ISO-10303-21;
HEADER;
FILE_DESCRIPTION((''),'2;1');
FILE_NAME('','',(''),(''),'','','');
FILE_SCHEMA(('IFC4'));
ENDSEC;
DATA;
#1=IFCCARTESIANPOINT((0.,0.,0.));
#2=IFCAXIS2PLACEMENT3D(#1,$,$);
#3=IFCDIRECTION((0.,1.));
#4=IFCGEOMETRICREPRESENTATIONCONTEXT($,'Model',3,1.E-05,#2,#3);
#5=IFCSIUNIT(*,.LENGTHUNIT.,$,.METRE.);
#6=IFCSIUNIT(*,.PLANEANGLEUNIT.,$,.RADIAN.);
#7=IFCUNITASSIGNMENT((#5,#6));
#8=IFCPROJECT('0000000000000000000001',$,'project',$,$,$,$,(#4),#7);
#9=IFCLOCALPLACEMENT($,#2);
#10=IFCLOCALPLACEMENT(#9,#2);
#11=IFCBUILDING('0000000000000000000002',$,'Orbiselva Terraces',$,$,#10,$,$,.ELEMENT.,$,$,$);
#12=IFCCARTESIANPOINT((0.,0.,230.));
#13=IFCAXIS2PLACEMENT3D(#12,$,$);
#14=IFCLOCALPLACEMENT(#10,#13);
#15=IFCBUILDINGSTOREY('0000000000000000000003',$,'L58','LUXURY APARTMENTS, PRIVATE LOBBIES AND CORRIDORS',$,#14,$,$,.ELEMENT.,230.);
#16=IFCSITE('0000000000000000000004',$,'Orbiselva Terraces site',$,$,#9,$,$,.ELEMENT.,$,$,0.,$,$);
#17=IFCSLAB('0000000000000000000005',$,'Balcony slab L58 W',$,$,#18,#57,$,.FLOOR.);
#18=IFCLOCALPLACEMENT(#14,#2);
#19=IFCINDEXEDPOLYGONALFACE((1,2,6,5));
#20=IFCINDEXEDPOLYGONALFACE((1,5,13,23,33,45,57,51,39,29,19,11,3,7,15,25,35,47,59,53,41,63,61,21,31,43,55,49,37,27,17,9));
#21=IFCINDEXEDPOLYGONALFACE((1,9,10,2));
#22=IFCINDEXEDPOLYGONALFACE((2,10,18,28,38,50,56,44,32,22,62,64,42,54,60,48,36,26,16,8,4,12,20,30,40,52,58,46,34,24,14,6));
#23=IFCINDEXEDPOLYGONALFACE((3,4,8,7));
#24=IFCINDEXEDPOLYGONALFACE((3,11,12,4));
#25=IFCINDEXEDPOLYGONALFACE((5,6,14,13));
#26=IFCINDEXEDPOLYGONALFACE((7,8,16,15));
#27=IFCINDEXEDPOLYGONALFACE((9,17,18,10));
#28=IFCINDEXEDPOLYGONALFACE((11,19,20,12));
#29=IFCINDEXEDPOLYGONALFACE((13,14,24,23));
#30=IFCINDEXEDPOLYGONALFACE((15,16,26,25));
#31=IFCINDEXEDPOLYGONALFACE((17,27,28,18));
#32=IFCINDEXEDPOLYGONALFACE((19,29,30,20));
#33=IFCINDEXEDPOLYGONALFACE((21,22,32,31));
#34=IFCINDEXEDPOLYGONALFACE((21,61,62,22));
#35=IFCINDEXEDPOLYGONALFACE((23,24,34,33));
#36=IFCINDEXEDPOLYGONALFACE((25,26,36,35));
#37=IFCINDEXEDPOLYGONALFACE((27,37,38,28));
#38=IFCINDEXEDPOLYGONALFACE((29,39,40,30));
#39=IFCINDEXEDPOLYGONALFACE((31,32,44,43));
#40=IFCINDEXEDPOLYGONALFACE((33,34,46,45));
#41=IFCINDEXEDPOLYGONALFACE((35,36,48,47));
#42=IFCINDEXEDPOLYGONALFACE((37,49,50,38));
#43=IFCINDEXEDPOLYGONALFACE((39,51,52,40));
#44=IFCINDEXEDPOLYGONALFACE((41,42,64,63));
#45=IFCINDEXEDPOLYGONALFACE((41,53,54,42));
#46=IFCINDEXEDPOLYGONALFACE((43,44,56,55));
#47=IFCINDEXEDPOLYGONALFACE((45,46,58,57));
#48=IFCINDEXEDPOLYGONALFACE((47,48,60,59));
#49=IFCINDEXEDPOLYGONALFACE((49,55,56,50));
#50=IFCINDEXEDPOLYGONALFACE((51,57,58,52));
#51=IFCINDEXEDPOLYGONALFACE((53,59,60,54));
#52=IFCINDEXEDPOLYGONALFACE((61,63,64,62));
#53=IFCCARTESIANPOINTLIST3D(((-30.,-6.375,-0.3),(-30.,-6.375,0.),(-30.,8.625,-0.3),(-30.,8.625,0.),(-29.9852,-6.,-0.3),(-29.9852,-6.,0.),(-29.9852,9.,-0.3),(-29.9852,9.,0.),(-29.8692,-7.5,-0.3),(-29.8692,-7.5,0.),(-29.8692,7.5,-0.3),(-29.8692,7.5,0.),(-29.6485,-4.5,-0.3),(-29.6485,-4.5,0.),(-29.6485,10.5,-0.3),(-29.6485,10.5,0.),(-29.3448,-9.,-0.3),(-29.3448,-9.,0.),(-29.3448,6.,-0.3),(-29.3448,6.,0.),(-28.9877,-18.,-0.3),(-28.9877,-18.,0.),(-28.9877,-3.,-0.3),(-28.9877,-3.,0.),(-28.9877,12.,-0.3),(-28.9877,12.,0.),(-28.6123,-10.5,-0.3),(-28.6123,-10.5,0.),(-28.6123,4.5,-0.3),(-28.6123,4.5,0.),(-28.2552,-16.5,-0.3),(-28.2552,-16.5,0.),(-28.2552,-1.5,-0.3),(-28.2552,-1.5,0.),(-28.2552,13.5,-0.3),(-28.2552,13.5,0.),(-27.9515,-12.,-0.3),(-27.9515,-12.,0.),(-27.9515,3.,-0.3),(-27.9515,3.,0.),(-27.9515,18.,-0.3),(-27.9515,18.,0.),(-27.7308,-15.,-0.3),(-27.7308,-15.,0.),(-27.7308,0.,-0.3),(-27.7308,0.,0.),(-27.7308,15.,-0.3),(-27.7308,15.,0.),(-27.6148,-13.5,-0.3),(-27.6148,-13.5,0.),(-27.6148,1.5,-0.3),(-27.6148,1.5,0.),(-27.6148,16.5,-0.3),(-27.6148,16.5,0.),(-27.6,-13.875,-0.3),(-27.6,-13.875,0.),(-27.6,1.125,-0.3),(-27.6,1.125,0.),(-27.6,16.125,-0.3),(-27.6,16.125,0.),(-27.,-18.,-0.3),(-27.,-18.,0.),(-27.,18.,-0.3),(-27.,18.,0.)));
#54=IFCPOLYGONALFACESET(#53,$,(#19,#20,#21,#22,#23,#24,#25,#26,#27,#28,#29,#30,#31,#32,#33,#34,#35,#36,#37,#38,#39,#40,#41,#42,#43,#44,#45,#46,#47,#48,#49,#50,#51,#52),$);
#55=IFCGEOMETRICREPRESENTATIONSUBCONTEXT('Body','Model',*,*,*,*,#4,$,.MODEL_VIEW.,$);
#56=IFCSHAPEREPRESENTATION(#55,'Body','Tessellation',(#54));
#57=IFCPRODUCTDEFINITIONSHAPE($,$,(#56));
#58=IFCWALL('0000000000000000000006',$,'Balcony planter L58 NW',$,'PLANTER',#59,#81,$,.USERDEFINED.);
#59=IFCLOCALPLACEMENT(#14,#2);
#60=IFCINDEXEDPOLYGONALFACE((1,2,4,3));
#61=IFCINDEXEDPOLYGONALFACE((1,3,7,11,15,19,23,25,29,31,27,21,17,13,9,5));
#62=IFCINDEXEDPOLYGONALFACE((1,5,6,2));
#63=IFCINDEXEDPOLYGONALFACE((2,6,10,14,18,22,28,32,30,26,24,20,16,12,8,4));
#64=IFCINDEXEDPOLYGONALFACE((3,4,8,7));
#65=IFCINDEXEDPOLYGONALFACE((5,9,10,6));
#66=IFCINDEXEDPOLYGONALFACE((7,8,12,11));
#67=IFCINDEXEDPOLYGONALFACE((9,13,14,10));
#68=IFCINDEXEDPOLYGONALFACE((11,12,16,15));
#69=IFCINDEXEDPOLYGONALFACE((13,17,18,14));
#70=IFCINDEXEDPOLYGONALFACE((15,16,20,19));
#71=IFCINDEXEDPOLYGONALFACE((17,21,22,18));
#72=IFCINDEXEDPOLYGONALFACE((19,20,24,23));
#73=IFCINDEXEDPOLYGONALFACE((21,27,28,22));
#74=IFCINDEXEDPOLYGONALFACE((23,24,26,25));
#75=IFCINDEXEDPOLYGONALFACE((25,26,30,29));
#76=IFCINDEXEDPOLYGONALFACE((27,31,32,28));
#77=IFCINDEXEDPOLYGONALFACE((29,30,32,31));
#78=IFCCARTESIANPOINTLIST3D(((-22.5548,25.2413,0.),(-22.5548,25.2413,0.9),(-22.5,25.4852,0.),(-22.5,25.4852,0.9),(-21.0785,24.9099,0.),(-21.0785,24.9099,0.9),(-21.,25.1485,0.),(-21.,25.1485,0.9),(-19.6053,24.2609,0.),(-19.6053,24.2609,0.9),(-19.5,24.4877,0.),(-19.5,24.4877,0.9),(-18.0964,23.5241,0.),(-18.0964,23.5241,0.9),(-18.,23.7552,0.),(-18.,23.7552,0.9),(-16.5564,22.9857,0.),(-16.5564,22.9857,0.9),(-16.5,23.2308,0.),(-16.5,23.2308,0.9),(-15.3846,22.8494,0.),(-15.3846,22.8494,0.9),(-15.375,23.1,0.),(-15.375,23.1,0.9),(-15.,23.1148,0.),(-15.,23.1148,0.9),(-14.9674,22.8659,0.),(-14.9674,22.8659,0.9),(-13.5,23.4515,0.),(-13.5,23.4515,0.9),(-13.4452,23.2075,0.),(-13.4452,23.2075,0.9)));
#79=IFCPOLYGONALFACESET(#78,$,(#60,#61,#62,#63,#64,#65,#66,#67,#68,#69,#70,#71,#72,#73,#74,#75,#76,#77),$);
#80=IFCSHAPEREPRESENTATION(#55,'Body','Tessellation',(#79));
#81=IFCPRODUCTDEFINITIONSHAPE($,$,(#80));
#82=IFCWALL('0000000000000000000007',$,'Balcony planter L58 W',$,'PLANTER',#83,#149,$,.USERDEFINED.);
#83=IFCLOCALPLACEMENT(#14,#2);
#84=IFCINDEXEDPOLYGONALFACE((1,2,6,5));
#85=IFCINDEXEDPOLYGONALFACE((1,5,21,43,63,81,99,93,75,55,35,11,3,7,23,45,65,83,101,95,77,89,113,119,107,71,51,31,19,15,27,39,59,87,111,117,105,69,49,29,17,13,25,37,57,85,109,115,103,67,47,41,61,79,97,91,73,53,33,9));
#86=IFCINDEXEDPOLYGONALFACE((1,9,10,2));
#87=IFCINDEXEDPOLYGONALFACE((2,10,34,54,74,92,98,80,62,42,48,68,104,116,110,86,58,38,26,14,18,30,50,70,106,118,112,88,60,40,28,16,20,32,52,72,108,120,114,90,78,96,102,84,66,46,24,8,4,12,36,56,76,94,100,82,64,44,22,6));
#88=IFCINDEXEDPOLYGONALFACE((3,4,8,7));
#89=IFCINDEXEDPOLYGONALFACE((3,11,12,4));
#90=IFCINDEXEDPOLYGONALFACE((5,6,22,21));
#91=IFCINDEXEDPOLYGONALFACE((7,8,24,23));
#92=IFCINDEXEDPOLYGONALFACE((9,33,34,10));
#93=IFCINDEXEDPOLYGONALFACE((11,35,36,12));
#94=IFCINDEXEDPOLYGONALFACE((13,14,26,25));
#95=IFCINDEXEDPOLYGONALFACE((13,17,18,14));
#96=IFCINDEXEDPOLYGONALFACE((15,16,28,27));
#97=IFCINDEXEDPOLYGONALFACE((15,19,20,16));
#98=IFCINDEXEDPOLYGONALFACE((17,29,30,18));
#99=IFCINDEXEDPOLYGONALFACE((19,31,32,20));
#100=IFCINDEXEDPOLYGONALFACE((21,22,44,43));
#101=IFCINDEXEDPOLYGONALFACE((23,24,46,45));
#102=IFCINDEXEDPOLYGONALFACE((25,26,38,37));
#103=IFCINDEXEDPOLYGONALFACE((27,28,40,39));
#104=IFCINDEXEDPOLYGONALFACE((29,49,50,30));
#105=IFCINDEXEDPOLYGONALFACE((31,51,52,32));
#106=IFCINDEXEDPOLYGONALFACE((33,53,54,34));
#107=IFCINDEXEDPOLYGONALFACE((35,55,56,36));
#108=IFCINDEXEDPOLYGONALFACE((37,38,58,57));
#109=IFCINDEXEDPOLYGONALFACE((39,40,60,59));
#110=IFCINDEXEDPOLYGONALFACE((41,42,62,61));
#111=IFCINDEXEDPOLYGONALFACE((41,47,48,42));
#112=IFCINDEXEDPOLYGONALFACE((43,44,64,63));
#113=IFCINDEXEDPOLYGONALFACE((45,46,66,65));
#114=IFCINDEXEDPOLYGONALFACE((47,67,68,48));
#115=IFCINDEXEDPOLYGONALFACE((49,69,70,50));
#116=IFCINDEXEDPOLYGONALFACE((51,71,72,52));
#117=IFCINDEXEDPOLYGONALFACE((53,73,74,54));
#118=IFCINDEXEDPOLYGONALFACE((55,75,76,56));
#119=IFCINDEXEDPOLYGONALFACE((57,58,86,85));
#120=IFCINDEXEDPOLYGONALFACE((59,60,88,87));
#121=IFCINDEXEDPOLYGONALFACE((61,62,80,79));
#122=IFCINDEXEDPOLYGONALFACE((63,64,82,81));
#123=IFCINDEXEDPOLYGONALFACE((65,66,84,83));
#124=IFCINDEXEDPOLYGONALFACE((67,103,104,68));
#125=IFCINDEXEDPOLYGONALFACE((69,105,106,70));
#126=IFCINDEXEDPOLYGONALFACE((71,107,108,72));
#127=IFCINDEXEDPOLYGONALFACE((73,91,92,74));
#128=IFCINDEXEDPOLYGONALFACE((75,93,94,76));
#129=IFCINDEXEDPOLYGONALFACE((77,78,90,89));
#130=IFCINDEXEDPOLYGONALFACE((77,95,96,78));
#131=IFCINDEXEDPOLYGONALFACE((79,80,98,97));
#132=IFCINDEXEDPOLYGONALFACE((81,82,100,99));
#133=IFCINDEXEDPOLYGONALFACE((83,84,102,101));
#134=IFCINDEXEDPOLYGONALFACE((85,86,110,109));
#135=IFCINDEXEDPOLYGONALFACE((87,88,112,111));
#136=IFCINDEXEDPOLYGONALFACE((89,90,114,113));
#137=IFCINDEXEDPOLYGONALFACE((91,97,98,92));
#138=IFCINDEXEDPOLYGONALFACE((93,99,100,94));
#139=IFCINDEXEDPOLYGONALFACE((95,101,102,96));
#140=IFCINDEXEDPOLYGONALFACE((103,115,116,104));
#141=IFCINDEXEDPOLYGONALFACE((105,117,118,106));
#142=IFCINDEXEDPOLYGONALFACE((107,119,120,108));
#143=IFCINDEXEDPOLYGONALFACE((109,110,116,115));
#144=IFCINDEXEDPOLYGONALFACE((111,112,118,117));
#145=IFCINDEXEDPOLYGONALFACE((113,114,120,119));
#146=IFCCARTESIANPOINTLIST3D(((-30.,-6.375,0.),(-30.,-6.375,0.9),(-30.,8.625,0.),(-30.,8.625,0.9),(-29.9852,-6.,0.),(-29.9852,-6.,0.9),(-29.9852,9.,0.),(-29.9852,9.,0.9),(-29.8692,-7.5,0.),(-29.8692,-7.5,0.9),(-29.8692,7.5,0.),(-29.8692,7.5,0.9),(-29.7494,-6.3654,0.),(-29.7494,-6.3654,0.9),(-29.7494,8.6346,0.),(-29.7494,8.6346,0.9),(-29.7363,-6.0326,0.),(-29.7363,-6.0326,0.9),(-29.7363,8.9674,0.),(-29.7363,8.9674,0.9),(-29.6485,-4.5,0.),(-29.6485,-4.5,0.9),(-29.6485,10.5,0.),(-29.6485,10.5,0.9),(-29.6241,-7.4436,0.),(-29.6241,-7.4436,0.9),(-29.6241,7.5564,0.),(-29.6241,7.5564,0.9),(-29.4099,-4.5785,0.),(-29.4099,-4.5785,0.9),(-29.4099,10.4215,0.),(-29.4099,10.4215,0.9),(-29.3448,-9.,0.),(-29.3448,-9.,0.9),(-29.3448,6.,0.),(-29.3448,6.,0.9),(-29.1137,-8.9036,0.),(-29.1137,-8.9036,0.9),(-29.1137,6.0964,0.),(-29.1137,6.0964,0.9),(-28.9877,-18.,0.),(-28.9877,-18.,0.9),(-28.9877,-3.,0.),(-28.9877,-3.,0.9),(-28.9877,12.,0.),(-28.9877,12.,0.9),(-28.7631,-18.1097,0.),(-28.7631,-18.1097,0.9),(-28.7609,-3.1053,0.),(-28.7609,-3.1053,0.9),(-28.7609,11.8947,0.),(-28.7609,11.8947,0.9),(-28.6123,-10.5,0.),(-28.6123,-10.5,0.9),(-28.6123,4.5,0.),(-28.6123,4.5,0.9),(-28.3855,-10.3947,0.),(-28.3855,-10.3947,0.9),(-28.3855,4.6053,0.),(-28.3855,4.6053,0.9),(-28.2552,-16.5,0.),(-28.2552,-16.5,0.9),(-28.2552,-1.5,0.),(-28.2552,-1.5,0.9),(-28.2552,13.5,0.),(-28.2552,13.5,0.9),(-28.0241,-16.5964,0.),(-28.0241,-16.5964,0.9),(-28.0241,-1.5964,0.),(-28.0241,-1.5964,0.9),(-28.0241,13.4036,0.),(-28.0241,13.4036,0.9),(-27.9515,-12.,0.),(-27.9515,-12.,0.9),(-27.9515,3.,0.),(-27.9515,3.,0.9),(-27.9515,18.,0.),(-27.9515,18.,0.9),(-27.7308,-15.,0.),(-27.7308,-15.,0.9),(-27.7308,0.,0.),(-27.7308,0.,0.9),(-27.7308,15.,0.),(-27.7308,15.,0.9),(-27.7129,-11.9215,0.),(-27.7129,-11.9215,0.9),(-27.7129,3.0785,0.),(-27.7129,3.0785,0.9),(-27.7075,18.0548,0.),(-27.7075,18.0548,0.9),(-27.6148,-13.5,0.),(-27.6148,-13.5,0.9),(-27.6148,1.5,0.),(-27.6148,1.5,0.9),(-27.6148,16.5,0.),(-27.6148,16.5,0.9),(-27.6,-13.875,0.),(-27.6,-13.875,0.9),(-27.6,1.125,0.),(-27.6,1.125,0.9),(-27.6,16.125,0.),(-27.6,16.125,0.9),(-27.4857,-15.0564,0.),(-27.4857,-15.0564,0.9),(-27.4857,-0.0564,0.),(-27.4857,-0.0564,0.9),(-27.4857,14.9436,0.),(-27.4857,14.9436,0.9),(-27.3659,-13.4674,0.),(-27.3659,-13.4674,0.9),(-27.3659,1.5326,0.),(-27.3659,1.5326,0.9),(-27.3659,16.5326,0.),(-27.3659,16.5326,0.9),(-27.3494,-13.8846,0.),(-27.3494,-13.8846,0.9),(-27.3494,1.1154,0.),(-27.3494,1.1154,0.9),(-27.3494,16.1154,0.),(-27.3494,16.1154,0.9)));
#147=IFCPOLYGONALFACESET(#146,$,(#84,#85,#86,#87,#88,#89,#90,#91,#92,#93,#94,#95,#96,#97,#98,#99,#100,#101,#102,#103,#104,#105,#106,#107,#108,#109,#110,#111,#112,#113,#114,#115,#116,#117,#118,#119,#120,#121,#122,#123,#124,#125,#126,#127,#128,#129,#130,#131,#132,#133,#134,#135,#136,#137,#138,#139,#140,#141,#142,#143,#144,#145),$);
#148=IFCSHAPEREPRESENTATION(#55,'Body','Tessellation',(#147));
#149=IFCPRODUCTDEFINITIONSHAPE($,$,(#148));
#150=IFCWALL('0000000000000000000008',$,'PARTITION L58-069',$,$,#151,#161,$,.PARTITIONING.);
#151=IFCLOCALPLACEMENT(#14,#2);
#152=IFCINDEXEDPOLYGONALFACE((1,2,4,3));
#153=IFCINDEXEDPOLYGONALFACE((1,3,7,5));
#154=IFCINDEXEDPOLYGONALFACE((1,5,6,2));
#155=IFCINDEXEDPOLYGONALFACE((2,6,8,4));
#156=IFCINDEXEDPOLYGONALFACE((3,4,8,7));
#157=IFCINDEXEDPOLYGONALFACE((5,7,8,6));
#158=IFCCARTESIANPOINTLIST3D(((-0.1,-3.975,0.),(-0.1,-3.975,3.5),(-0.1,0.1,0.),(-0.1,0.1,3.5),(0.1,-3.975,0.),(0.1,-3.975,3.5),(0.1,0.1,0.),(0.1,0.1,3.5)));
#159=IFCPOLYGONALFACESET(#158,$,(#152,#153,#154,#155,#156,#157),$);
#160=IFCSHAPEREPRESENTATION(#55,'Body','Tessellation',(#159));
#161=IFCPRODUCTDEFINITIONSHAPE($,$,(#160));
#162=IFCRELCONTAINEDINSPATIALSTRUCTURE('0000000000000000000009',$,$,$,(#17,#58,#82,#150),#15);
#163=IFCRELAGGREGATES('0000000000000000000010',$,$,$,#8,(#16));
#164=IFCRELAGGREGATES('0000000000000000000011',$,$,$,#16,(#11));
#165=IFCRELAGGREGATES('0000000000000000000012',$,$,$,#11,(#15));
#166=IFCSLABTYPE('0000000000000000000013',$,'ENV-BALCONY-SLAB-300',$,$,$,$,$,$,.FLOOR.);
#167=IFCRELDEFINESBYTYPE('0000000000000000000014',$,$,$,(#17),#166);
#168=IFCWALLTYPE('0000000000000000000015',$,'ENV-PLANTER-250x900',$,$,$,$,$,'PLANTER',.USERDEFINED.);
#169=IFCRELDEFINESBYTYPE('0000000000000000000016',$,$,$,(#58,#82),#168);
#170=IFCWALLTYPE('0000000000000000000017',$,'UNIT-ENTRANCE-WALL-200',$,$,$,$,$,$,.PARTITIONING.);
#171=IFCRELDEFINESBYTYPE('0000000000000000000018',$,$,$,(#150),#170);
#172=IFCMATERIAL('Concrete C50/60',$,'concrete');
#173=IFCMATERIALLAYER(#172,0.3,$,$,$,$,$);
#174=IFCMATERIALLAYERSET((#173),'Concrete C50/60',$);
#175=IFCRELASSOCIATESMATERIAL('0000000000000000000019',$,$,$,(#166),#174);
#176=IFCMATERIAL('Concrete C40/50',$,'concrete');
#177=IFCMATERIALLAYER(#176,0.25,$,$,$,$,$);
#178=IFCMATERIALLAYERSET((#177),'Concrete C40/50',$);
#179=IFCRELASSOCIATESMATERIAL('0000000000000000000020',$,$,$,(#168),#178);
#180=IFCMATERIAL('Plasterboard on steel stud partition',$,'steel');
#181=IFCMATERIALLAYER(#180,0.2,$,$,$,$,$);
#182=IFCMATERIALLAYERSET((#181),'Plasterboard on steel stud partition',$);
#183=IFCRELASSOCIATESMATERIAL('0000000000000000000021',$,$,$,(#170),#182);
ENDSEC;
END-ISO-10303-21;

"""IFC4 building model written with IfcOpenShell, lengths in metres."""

from ifc_helpers import new_model, si_unit, direction, frame, frame_2d, origin, place, context, subcontext, project, spatial, polyline, rectangle, outline, extrude, material, layer, layer_set, type_object, element, save


model = new_model("IFC4")

# Units and contexts
model_context = context("Model", 3, precision=1e-05, world=origin(), true_north=direction((0.0, 1.0)))
body_context = subcontext(model_context, "Body", "Model", "MODEL_VIEW")
ifc_project = project(units=[si_unit("LENGTHUNIT", "METRE"), si_unit("PLANEANGLEUNIT", "RADIAN")], contexts=[model_context])

# Site, building, storey
site_placement = place(None, origin())
site = spatial("IfcSite", under=ifc_project, at=site_placement, Name="Orbiselva Terraces site", CompositionType="ELEMENT", RefElevation=0.0)
building_placement = place(site_placement, origin())
building = spatial("IfcBuilding", under=site, at=building_placement, Name="Orbiselva Terraces", CompositionType="ELEMENT")
storey_placement = place(building_placement, frame((0.0, 0.0, 230.0)))
storey = spatial("IfcBuildingStorey", under=building, at=storey_placement, Name="L58", Description="LUXURY APARTMENTS, PRIVATE LOBBIES AND CORRIDORS", CompositionType="ELEMENT", Elevation=230.0)

# Shared definitions
ifc_material_1 = material(Name="Concrete C50/60", Category="concrete")

# Shared definitions
ifc_material_2 = material(Name="Concrete C40/50", Category="concrete")

# Slab
ifc_layer_1 = layer(ifc_material_1, 0.3)
ifc_layer_set_1 = layer_set([ifc_layer_1], Name="Concrete C50/60")
slab_type_1 = type_object("IfcSlabType", Name="ENV-BALCONY-SLAB-300", PredefinedType="FLOOR", material=ifc_layer_set_1)
slab_1_placement = place(storey_placement, frame((0.0, 0.0, -0.3)))
element("IfcSlab", 1, at=slab_1_placement, inside=storey, type_object=slab_type_1, Name="Balcony slab L58 W", PredefinedType="FLOOR", context=body_context, shape_type="SweptSolid", body=[
    extrude(outline(polyline([(-27.9515, 18.0), (-27.6148, 16.5), (-27.6, 16.125), (-27.7308, 15.0), (-28.2552, 13.5), (-28.9877, 12.0), (-29.6485, 10.5), (-29.9852, 9.0), (-30.0, 8.625), (-29.8692, 7.5), (-29.3448, 6.0), (-28.6123, 4.5), (-27.9515, 3.0), (-27.6148, 1.5), (-27.6, 1.125), (-27.7308, 0.0), (-28.2552, -1.5), (-28.9877, -3.0), (-29.6485, -4.5), (-29.9852, -6.0), (-30.0, -6.375), (-29.8692, -7.5), (-29.3448, -9.0), (-28.6123, -10.5), (-27.9515, -12.0), (-27.6148, -13.5), (-27.6, -13.875), (-27.7308, -15.0), (-28.2552, -16.5), (-28.9877, -18.0), (-27.0, -18.0), (-27.0, 18.0), (-27.9515, 18.0)])), origin(), (0.0, 0.0, 1.0), 0.3),
])

# Walls
ifc_layer_2 = layer(ifc_material_2, 0.25)
ifc_layer_set_2 = layer_set([ifc_layer_2], Name="Concrete C40/50")
wall_type_1 = type_object("IfcWallType", Name="ENV-PLANTER-250x900", ElementType="PLANTER", PredefinedType="USERDEFINED", material=ifc_layer_set_2)
wall_1_placement = place(storey_placement, origin())
element("IfcWall", 2, at=wall_1_placement, inside=storey, type_object=wall_type_1, Name="Balcony planter L58 NW", ObjectType="PLANTER", PredefinedType="USERDEFINED", context=body_context, shape_type="SweptSolid", body=[
    extrude(outline(polyline([(-13.5, 23.4515), (-15.0, 23.1148), (-15.375, 23.1), (-16.5, 23.2308), (-18.0, 23.7552), (-19.5, 24.4877), (-21.0, 25.1485), (-22.5, 25.4852), (-22.5548, 25.2413), (-21.0785, 24.9099), (-19.6053, 24.2609), (-18.0964, 23.5241), (-16.5564, 22.9857), (-15.3846, 22.8494), (-14.9674, 22.8659), (-13.4452, 23.2075), (-13.5, 23.4515)])), origin(), (0.0, 0.0, 1.0), 0.9),
])
wall_2_placement = place(storey_placement, origin())
element("IfcWall", 3, at=wall_2_placement, inside=storey, type_object=wall_type_1, Name="Balcony planter L58 W", ObjectType="PLANTER", PredefinedType="USERDEFINED", context=body_context, shape_type="SweptSolid", body=[
    extrude(outline(polyline([(-27.9515, 18.0), (-27.6148, 16.5), (-27.6, 16.125), (-27.7308, 15.0), (-28.2552, 13.5), (-28.9877, 12.0), (-29.6485, 10.5), (-29.9852, 9.0), (-30.0, 8.625), (-29.8692, 7.5), (-29.3448, 6.0), (-28.6123, 4.5), (-27.9515, 3.0), (-27.6148, 1.5), (-27.6, 1.125), (-27.7308, 0.0), (-28.2552, -1.5), (-28.9877, -3.0), (-29.6485, -4.5), (-29.9852, -6.0), (-30.0, -6.375), (-29.8692, -7.5), (-29.3448, -9.0), (-28.6123, -10.5), (-27.9515, -12.0), (-27.6148, -13.5), (-27.6, -13.875), (-27.7308, -15.0), (-28.2552, -16.5), (-28.9877, -18.0), (-28.7631, -18.1097), (-28.0241, -16.5964), (-27.4857, -15.0564), (-27.3494, -13.8846), (-27.3659, -13.4674), (-27.7129, -11.9215), (-28.3855, -10.3947), (-29.1137, -8.9036), (-29.6241, -7.4436), (-29.7494, -6.3654), (-29.7363, -6.0326), (-29.4099, -4.5785), (-28.7609, -3.1053), (-28.0241, -1.5964), (-27.4857, -0.0564), (-27.3494, 1.1154), (-27.3659, 1.5326), (-27.7129, 3.0785), (-28.3855, 4.6053), (-29.1137, 6.0964), (-29.6241, 7.5564), (-29.7494, 8.6346), (-29.7363, 8.9674), (-29.4099, 10.4215), (-28.7609, 11.8947), (-28.0241, 13.4036), (-27.4857, 14.9436), (-27.3494, 16.1154), (-27.3659, 16.5326), (-27.7075, 18.0548), (-27.9515, 18.0)])), origin(), (0.0, 0.0, 1.0), 0.9),
])
ifc_material_3 = material(Name="Plasterboard on steel stud partition", Category="steel")
ifc_layer_3 = layer(ifc_material_3, 0.2)
ifc_layer_set_3 = layer_set([ifc_layer_3], Name="Plasterboard on steel stud partition")
wall_type_2 = type_object("IfcWallType", Name="UNIT-ENTRANCE-WALL-200", PredefinedType="PARTITIONING", material=ifc_layer_set_3)
wall_3_placement = place(storey_placement, frame((0.0, -3.975, 0.0), z_axis=(0.0, 0.0, 1.0), x_axis=(0.0, 1.0, 0.0)))
element("IfcWall", 4, at=wall_3_placement, inside=storey, type_object=wall_type_2, Name="PARTITION L58-069", PredefinedType="PARTITIONING", context=body_context, shape_type="SweptSolid", body=[
    extrude(rectangle(XDim=4.075, YDim=0.2, at=frame_2d((2.0375, 0.0))), origin(), (0.0, 0.0, 1.0), 3.5),
])

save(model, "model.ifc")
